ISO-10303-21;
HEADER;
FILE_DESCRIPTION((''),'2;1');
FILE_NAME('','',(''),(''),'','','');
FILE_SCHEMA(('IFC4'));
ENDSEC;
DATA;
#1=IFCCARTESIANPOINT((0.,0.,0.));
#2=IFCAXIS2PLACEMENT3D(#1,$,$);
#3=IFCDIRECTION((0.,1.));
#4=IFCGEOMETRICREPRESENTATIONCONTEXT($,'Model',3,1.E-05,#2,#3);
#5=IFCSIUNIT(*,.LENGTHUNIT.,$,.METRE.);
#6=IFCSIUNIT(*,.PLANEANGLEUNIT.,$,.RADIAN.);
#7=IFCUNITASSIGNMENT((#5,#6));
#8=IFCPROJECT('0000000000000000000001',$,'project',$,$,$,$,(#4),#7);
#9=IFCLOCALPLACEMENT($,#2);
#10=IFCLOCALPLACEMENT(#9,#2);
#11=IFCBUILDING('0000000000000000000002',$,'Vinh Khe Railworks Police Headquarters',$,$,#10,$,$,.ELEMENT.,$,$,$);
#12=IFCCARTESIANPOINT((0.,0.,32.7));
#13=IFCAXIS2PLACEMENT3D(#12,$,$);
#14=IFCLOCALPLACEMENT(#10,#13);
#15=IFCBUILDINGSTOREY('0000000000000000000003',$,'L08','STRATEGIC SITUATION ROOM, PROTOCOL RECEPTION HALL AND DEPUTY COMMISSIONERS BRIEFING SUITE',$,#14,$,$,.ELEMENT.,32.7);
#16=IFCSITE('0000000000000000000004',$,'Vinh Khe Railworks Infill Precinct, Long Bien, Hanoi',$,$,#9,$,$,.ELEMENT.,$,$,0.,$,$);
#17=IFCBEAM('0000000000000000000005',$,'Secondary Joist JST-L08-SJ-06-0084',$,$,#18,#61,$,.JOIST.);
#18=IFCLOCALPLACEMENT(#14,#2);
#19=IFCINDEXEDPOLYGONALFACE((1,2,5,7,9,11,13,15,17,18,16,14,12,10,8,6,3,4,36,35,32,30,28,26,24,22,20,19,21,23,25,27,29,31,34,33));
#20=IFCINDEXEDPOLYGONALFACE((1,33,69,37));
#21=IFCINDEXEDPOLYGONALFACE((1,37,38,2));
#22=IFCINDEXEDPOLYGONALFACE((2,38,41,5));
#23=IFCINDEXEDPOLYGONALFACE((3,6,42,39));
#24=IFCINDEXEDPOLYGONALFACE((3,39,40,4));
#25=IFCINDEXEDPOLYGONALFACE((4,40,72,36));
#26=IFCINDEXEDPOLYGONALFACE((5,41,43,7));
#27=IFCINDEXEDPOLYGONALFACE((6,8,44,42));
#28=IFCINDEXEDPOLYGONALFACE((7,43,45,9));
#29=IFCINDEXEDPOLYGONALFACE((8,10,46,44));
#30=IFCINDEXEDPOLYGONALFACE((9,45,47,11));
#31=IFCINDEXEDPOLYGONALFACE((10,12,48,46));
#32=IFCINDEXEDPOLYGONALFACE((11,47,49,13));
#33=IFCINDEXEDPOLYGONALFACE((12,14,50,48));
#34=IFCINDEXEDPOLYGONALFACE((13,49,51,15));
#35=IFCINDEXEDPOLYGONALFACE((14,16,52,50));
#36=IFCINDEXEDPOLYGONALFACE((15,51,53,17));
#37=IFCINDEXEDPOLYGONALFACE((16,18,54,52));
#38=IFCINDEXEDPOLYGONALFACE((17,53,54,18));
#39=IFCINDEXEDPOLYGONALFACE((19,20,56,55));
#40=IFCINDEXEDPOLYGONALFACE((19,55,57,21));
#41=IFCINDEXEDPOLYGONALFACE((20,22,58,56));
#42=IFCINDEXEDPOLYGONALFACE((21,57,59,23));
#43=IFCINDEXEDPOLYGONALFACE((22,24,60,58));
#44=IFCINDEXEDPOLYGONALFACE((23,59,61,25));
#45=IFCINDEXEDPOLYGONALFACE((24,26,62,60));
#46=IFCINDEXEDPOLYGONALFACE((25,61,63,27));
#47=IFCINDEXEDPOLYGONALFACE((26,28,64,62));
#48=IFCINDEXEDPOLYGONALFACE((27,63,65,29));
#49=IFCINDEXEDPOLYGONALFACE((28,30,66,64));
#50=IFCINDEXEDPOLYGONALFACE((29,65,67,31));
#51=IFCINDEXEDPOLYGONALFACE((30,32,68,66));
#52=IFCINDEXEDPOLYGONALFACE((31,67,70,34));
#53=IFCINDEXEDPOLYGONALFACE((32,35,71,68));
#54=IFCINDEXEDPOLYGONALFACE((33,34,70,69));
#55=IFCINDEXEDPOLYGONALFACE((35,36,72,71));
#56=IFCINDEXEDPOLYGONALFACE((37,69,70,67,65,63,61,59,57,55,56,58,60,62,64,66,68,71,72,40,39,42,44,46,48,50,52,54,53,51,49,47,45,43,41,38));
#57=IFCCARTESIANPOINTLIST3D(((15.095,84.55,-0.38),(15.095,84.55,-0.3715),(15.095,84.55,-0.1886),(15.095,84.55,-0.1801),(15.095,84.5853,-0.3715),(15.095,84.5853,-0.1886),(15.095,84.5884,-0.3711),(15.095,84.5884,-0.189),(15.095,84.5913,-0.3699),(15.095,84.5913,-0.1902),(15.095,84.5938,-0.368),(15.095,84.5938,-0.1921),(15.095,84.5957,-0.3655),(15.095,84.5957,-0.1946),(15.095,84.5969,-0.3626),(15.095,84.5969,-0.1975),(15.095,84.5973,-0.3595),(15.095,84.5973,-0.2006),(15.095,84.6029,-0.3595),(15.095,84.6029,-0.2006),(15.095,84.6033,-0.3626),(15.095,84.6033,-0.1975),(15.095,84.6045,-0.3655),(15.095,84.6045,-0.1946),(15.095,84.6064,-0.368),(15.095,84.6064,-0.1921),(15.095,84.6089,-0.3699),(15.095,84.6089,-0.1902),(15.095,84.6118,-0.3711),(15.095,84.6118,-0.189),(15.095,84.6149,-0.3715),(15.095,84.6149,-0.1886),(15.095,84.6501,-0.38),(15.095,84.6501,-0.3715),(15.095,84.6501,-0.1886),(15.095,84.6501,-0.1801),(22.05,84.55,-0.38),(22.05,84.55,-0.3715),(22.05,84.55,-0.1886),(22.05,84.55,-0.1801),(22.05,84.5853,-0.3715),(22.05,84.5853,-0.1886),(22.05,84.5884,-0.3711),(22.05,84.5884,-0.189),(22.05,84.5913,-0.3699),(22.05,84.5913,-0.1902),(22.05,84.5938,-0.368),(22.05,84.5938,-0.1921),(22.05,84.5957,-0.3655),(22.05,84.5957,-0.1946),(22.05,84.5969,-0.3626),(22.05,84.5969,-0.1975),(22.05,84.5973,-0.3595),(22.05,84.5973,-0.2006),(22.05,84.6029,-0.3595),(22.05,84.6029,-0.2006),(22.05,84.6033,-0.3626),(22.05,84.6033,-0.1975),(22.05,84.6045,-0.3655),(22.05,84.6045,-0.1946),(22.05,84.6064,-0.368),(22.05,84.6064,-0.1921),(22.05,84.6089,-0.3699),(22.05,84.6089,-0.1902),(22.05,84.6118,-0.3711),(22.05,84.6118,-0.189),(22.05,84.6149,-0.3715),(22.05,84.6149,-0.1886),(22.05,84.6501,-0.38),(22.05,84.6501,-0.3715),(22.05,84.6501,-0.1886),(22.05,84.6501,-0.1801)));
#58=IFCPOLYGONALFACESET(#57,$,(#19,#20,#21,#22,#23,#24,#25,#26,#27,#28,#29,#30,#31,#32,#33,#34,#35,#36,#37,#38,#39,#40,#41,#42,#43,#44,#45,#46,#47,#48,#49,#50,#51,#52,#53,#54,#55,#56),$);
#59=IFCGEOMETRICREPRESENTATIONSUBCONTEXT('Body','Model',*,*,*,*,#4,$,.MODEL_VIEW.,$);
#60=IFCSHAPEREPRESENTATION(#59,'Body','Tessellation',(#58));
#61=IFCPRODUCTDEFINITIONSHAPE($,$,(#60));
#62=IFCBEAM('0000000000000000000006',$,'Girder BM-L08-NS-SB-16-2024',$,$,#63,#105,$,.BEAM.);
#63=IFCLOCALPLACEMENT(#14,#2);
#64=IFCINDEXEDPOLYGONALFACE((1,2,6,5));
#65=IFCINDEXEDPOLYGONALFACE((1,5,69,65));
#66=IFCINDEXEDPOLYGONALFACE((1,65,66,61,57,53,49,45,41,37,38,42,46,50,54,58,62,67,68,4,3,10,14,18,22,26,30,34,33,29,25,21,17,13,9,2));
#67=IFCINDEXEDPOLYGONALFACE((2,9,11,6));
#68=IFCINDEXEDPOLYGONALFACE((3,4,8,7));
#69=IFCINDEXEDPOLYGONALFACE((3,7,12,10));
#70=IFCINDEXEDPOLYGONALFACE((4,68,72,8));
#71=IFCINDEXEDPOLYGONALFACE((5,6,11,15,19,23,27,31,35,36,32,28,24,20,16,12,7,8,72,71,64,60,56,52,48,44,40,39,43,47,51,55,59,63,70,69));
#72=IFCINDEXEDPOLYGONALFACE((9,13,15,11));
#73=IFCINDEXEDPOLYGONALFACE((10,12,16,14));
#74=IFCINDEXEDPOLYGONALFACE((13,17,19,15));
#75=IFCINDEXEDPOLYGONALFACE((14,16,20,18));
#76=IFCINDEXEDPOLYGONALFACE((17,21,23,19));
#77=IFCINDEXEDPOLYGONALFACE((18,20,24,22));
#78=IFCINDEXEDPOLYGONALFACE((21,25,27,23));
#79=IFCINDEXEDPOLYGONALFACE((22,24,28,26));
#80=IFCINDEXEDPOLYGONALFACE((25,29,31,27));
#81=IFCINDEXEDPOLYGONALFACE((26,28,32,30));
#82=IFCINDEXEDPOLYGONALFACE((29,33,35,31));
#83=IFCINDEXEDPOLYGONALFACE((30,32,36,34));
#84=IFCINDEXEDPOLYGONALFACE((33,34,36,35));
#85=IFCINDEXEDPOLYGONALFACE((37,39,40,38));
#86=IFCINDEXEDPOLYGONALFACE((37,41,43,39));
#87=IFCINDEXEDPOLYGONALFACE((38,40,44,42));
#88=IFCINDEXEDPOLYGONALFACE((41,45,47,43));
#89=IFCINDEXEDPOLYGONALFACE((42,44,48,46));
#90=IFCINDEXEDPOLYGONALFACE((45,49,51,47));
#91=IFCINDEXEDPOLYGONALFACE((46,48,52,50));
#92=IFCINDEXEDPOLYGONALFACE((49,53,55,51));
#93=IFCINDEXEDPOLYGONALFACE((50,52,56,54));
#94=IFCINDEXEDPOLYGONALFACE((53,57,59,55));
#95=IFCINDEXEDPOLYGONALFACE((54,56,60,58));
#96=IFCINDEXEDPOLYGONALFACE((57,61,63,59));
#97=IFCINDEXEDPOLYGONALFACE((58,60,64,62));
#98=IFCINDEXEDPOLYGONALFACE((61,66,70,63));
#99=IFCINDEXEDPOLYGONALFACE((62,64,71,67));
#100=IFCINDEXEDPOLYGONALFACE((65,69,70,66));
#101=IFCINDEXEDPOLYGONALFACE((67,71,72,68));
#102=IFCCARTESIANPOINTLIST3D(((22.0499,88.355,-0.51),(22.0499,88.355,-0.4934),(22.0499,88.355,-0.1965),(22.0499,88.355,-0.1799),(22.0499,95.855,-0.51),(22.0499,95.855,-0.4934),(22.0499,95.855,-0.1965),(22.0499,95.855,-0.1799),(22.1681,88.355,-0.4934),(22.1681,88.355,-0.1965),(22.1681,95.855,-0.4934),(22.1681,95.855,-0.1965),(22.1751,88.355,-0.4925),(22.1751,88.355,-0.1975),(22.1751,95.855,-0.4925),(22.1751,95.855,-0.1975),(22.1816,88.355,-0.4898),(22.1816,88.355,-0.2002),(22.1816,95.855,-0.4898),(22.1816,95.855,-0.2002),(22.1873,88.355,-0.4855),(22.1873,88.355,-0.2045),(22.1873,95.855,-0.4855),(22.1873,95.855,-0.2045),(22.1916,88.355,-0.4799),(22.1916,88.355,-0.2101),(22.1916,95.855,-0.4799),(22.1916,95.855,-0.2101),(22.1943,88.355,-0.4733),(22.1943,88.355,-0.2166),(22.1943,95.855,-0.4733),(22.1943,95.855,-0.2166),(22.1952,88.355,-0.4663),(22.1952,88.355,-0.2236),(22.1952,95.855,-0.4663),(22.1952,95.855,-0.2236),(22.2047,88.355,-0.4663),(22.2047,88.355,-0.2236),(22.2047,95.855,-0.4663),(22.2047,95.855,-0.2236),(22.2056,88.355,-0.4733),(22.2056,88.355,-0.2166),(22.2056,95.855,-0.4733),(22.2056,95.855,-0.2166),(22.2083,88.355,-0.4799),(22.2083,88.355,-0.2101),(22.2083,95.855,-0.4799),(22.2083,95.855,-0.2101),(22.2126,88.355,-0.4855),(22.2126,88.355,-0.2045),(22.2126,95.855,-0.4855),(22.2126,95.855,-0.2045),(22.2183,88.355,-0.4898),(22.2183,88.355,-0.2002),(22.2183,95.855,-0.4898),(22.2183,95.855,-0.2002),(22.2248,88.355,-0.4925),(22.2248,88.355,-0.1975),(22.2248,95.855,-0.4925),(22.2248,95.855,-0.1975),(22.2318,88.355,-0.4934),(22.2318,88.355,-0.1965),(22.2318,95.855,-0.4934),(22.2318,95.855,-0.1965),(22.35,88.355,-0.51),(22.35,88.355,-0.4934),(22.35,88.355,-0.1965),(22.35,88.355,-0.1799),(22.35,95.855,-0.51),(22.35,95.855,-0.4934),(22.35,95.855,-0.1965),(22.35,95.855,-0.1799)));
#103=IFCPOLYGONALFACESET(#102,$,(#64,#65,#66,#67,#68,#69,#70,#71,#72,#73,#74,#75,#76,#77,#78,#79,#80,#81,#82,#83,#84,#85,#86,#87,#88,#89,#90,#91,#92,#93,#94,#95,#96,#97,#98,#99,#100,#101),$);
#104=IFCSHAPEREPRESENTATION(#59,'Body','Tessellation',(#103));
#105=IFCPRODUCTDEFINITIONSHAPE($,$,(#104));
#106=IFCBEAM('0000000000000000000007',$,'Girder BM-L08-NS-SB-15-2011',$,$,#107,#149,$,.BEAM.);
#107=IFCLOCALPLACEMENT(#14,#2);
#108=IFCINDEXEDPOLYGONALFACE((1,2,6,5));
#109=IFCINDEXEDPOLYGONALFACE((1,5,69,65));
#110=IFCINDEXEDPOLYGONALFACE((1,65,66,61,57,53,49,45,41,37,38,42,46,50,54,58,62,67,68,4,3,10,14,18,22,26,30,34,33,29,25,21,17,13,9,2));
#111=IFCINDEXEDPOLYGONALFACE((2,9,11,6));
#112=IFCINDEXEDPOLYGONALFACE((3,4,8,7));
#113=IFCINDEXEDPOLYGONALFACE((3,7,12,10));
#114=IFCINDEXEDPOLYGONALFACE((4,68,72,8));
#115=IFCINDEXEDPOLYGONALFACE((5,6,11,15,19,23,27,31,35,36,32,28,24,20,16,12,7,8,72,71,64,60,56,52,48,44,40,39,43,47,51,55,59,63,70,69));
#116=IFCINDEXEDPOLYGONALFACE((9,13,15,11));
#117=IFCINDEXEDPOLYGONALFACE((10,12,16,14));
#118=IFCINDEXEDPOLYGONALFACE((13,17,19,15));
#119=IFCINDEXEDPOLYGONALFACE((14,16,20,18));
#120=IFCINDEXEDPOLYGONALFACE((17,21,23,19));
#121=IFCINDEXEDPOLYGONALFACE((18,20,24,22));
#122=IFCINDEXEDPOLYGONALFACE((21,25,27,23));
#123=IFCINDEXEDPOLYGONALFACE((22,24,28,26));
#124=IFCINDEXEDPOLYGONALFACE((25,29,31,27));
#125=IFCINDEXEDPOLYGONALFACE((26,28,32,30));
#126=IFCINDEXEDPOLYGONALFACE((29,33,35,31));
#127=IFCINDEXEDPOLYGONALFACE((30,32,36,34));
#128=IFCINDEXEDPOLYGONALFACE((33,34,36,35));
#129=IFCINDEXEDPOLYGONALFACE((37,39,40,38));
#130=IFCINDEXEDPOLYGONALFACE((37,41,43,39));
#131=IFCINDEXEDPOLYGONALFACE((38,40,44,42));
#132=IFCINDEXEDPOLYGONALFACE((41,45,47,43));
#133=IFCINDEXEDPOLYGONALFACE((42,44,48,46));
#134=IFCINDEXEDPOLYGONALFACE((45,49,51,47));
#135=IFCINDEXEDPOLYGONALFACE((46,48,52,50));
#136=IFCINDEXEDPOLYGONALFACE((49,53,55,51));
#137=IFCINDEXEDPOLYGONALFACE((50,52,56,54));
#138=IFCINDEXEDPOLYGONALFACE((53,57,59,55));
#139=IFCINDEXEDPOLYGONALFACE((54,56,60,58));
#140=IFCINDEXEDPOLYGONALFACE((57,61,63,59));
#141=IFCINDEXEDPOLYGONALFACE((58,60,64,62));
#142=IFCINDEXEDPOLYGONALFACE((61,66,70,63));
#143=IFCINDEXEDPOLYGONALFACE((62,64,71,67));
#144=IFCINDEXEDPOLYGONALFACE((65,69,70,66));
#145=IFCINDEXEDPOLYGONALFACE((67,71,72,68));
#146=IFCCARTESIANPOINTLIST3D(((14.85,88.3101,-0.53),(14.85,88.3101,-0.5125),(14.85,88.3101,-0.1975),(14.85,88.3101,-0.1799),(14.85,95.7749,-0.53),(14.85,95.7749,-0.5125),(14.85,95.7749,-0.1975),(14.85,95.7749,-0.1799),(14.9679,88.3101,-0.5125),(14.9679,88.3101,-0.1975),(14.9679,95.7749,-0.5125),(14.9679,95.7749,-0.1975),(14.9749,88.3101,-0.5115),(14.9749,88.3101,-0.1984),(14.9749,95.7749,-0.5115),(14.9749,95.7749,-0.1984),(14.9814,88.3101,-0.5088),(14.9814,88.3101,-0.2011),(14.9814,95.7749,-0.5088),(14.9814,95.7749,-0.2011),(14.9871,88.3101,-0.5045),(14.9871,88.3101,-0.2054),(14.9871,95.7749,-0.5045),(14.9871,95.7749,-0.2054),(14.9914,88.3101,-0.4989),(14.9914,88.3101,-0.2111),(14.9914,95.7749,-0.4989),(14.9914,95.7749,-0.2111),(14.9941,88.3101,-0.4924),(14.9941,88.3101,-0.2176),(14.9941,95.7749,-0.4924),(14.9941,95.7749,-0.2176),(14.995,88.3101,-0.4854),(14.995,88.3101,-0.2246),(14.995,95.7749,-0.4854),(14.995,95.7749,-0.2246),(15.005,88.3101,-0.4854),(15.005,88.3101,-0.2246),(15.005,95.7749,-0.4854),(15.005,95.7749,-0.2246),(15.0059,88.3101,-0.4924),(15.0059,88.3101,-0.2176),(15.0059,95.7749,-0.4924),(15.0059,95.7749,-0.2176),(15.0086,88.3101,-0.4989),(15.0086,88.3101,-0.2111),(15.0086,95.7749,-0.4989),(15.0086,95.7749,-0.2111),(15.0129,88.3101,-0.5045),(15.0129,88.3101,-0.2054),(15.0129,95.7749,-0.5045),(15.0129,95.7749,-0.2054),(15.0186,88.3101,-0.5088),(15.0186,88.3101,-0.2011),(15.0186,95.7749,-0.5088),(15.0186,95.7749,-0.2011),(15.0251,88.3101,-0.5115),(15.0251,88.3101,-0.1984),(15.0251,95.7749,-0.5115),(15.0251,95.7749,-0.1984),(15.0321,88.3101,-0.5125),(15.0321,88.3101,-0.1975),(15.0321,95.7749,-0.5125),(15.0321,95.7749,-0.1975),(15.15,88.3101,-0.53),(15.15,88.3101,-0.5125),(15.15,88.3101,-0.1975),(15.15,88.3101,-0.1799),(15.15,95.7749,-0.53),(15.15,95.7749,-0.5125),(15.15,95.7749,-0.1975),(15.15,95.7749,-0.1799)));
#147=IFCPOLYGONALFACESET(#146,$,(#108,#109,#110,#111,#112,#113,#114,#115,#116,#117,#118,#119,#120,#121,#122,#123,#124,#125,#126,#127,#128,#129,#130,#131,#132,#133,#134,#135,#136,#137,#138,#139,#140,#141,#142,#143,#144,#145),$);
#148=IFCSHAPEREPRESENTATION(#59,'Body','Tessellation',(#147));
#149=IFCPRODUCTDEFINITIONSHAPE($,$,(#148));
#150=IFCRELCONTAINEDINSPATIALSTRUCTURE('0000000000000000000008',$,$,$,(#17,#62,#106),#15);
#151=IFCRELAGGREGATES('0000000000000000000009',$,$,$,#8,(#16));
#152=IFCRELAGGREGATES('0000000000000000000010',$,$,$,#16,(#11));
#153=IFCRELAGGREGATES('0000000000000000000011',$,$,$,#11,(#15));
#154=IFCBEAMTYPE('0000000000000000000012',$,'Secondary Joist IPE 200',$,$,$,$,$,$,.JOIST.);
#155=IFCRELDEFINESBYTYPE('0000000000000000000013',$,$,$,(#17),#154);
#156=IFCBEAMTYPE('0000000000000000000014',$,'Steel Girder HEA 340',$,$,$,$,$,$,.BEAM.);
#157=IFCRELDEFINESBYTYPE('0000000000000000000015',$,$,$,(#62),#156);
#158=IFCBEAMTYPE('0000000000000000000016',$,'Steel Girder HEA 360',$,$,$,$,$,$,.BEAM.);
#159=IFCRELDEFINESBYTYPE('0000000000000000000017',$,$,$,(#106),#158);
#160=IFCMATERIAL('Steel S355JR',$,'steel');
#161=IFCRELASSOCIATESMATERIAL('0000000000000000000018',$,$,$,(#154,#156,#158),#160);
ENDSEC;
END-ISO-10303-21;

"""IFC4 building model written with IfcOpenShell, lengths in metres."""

from ifc_helpers import new_model, si_unit, direction, frame, origin, origin_2d, place, context, subcontext, project, spatial, i_section, extrude, material, material_profile, profile_set, type_object, element, save


model = new_model("IFC4")

# Units and contexts
model_context = context("Model", 3, precision=1e-05, world=origin(), true_north=direction((0.0, 1.0)))
body_context = subcontext(model_context, "Body", "Model", "MODEL_VIEW")
ifc_project = project(units=[si_unit("LENGTHUNIT", "METRE"), si_unit("PLANEANGLEUNIT", "RADIAN")], contexts=[model_context])

# Site, building, storey
site_placement = place(None, origin())
site = spatial("IfcSite", under=ifc_project, at=site_placement, Name="Vinh Khe Railworks Infill Precinct, Long Bien, Hanoi", CompositionType="ELEMENT", RefElevation=0.0)
building_placement = place(site_placement, origin())
building = spatial("IfcBuilding", under=site, at=building_placement, Name="Vinh Khe Railworks Police Headquarters", CompositionType="ELEMENT")
storey_placement = place(building_placement, frame((0.0, 0.0, 32.7)))
storey = spatial("IfcBuildingStorey", under=building, at=storey_placement, Name="L08", Description="STRATEGIC SITUATION ROOM, PROTOCOL RECEPTION HALL AND DEPUTY COMMISSIONERS BRIEFING SUITE", CompositionType="ELEMENT", Elevation=32.7)

# Shared definitions
ifc_material_1 = material(Name="Steel S355JR", Category="steel")

# Beams
ifc_material_profile_1 = material_profile(ifc_material_1, i_section(OverallWidth=0.1001, OverallDepth=0.2, WebThickness=0.0056, FlangeThickness=0.0085, FilletRadius=0.012, at=origin_2d()), Name="IPE 200")
ifc_profile_set_1 = profile_set([ifc_material_profile_1], Name="Steel S355JR")
beam_type_1 = type_object("IfcBeamType", Name="Secondary Joist IPE 200", PredefinedType="JOIST", material=ifc_profile_set_1)
beam_1_placement = place(storey_placement, frame((15.095, 84.6001, -0.28), z_axis=(1.0, 0.0, 0.0), x_axis=(0.0, 1.0, 0.0)))
element("IfcBeam", 1, at=beam_1_placement, inside=storey, type_object=beam_type_1, Name="Secondary Joist JST-L08-SJ-06-0084", PredefinedType="JOIST", context=body_context, shape_type="SweptSolid", body=[
    extrude(i_section(OverallWidth=0.1001, OverallDepth=0.2, WebThickness=0.0056, FlangeThickness=0.0085, FilletRadius=0.012, at=origin_2d()), origin(), (0.0, 0.0, 1.0), 6.9551),
])
ifc_material_profile_2 = material_profile(ifc_material_1, i_section(OverallWidth=0.3, OverallDepth=0.3301, WebThickness=0.0095, FlangeThickness=0.0166, FilletRadius=0.0271, at=origin_2d()), Name="HEA 340")
ifc_profile_set_2 = profile_set([ifc_material_profile_2], Name="Steel S355JR")
beam_type_2 = type_object("IfcBeamType", Name="Steel Girder HEA 340", PredefinedType="BEAM", material=ifc_profile_set_2)
beam_2_placement = place(storey_placement, frame((22.2, 88.355, -0.345), z_axis=(0.0, 1.0, 0.0), x_axis=(-1.0, 0.0, 0.0)))
element("IfcBeam", 2, at=beam_2_placement, inside=storey, type_object=beam_type_2, Name="Girder BM-L08-NS-SB-16-2024", PredefinedType="BEAM", context=body_context, shape_type="SweptSolid", body=[
    extrude(i_section(OverallWidth=0.3, OverallDepth=0.3301, WebThickness=0.0095, FlangeThickness=0.0166, FilletRadius=0.0271, at=origin_2d()), origin(), (0.0, 0.0, 1.0), 7.5),
])
ifc_material_profile_3 = material_profile(ifc_material_1, i_section(OverallWidth=0.3, OverallDepth=0.3501, WebThickness=0.01, FlangeThickness=0.0176, FilletRadius=0.0271, at=origin_2d()), Name="HEA 360")
ifc_profile_set_3 = profile_set([ifc_material_profile_3], Name="Steel S355JR")
beam_type_3 = type_object("IfcBeamType", Name="Steel Girder HEA 360", PredefinedType="BEAM", material=ifc_profile_set_3)
beam_3_placement = place(storey_placement, frame((15.0, 88.3101, -0.355), z_axis=(0.0, 1.0, 0.0), x_axis=(-1.0, 0.0, 0.0)))
element("IfcBeam", 3, at=beam_3_placement, inside=storey, type_object=beam_type_3, Name="Girder BM-L08-NS-SB-15-2011", PredefinedType="BEAM", context=body_context, shape_type="SweptSolid", body=[
    extrude(i_section(OverallWidth=0.3, OverallDepth=0.3501, WebThickness=0.01, FlangeThickness=0.0176, FilletRadius=0.0271, at=origin_2d()), origin(), (0.0, 0.0, 1.0), 7.4648),
])

save(model, "model.ifc")
